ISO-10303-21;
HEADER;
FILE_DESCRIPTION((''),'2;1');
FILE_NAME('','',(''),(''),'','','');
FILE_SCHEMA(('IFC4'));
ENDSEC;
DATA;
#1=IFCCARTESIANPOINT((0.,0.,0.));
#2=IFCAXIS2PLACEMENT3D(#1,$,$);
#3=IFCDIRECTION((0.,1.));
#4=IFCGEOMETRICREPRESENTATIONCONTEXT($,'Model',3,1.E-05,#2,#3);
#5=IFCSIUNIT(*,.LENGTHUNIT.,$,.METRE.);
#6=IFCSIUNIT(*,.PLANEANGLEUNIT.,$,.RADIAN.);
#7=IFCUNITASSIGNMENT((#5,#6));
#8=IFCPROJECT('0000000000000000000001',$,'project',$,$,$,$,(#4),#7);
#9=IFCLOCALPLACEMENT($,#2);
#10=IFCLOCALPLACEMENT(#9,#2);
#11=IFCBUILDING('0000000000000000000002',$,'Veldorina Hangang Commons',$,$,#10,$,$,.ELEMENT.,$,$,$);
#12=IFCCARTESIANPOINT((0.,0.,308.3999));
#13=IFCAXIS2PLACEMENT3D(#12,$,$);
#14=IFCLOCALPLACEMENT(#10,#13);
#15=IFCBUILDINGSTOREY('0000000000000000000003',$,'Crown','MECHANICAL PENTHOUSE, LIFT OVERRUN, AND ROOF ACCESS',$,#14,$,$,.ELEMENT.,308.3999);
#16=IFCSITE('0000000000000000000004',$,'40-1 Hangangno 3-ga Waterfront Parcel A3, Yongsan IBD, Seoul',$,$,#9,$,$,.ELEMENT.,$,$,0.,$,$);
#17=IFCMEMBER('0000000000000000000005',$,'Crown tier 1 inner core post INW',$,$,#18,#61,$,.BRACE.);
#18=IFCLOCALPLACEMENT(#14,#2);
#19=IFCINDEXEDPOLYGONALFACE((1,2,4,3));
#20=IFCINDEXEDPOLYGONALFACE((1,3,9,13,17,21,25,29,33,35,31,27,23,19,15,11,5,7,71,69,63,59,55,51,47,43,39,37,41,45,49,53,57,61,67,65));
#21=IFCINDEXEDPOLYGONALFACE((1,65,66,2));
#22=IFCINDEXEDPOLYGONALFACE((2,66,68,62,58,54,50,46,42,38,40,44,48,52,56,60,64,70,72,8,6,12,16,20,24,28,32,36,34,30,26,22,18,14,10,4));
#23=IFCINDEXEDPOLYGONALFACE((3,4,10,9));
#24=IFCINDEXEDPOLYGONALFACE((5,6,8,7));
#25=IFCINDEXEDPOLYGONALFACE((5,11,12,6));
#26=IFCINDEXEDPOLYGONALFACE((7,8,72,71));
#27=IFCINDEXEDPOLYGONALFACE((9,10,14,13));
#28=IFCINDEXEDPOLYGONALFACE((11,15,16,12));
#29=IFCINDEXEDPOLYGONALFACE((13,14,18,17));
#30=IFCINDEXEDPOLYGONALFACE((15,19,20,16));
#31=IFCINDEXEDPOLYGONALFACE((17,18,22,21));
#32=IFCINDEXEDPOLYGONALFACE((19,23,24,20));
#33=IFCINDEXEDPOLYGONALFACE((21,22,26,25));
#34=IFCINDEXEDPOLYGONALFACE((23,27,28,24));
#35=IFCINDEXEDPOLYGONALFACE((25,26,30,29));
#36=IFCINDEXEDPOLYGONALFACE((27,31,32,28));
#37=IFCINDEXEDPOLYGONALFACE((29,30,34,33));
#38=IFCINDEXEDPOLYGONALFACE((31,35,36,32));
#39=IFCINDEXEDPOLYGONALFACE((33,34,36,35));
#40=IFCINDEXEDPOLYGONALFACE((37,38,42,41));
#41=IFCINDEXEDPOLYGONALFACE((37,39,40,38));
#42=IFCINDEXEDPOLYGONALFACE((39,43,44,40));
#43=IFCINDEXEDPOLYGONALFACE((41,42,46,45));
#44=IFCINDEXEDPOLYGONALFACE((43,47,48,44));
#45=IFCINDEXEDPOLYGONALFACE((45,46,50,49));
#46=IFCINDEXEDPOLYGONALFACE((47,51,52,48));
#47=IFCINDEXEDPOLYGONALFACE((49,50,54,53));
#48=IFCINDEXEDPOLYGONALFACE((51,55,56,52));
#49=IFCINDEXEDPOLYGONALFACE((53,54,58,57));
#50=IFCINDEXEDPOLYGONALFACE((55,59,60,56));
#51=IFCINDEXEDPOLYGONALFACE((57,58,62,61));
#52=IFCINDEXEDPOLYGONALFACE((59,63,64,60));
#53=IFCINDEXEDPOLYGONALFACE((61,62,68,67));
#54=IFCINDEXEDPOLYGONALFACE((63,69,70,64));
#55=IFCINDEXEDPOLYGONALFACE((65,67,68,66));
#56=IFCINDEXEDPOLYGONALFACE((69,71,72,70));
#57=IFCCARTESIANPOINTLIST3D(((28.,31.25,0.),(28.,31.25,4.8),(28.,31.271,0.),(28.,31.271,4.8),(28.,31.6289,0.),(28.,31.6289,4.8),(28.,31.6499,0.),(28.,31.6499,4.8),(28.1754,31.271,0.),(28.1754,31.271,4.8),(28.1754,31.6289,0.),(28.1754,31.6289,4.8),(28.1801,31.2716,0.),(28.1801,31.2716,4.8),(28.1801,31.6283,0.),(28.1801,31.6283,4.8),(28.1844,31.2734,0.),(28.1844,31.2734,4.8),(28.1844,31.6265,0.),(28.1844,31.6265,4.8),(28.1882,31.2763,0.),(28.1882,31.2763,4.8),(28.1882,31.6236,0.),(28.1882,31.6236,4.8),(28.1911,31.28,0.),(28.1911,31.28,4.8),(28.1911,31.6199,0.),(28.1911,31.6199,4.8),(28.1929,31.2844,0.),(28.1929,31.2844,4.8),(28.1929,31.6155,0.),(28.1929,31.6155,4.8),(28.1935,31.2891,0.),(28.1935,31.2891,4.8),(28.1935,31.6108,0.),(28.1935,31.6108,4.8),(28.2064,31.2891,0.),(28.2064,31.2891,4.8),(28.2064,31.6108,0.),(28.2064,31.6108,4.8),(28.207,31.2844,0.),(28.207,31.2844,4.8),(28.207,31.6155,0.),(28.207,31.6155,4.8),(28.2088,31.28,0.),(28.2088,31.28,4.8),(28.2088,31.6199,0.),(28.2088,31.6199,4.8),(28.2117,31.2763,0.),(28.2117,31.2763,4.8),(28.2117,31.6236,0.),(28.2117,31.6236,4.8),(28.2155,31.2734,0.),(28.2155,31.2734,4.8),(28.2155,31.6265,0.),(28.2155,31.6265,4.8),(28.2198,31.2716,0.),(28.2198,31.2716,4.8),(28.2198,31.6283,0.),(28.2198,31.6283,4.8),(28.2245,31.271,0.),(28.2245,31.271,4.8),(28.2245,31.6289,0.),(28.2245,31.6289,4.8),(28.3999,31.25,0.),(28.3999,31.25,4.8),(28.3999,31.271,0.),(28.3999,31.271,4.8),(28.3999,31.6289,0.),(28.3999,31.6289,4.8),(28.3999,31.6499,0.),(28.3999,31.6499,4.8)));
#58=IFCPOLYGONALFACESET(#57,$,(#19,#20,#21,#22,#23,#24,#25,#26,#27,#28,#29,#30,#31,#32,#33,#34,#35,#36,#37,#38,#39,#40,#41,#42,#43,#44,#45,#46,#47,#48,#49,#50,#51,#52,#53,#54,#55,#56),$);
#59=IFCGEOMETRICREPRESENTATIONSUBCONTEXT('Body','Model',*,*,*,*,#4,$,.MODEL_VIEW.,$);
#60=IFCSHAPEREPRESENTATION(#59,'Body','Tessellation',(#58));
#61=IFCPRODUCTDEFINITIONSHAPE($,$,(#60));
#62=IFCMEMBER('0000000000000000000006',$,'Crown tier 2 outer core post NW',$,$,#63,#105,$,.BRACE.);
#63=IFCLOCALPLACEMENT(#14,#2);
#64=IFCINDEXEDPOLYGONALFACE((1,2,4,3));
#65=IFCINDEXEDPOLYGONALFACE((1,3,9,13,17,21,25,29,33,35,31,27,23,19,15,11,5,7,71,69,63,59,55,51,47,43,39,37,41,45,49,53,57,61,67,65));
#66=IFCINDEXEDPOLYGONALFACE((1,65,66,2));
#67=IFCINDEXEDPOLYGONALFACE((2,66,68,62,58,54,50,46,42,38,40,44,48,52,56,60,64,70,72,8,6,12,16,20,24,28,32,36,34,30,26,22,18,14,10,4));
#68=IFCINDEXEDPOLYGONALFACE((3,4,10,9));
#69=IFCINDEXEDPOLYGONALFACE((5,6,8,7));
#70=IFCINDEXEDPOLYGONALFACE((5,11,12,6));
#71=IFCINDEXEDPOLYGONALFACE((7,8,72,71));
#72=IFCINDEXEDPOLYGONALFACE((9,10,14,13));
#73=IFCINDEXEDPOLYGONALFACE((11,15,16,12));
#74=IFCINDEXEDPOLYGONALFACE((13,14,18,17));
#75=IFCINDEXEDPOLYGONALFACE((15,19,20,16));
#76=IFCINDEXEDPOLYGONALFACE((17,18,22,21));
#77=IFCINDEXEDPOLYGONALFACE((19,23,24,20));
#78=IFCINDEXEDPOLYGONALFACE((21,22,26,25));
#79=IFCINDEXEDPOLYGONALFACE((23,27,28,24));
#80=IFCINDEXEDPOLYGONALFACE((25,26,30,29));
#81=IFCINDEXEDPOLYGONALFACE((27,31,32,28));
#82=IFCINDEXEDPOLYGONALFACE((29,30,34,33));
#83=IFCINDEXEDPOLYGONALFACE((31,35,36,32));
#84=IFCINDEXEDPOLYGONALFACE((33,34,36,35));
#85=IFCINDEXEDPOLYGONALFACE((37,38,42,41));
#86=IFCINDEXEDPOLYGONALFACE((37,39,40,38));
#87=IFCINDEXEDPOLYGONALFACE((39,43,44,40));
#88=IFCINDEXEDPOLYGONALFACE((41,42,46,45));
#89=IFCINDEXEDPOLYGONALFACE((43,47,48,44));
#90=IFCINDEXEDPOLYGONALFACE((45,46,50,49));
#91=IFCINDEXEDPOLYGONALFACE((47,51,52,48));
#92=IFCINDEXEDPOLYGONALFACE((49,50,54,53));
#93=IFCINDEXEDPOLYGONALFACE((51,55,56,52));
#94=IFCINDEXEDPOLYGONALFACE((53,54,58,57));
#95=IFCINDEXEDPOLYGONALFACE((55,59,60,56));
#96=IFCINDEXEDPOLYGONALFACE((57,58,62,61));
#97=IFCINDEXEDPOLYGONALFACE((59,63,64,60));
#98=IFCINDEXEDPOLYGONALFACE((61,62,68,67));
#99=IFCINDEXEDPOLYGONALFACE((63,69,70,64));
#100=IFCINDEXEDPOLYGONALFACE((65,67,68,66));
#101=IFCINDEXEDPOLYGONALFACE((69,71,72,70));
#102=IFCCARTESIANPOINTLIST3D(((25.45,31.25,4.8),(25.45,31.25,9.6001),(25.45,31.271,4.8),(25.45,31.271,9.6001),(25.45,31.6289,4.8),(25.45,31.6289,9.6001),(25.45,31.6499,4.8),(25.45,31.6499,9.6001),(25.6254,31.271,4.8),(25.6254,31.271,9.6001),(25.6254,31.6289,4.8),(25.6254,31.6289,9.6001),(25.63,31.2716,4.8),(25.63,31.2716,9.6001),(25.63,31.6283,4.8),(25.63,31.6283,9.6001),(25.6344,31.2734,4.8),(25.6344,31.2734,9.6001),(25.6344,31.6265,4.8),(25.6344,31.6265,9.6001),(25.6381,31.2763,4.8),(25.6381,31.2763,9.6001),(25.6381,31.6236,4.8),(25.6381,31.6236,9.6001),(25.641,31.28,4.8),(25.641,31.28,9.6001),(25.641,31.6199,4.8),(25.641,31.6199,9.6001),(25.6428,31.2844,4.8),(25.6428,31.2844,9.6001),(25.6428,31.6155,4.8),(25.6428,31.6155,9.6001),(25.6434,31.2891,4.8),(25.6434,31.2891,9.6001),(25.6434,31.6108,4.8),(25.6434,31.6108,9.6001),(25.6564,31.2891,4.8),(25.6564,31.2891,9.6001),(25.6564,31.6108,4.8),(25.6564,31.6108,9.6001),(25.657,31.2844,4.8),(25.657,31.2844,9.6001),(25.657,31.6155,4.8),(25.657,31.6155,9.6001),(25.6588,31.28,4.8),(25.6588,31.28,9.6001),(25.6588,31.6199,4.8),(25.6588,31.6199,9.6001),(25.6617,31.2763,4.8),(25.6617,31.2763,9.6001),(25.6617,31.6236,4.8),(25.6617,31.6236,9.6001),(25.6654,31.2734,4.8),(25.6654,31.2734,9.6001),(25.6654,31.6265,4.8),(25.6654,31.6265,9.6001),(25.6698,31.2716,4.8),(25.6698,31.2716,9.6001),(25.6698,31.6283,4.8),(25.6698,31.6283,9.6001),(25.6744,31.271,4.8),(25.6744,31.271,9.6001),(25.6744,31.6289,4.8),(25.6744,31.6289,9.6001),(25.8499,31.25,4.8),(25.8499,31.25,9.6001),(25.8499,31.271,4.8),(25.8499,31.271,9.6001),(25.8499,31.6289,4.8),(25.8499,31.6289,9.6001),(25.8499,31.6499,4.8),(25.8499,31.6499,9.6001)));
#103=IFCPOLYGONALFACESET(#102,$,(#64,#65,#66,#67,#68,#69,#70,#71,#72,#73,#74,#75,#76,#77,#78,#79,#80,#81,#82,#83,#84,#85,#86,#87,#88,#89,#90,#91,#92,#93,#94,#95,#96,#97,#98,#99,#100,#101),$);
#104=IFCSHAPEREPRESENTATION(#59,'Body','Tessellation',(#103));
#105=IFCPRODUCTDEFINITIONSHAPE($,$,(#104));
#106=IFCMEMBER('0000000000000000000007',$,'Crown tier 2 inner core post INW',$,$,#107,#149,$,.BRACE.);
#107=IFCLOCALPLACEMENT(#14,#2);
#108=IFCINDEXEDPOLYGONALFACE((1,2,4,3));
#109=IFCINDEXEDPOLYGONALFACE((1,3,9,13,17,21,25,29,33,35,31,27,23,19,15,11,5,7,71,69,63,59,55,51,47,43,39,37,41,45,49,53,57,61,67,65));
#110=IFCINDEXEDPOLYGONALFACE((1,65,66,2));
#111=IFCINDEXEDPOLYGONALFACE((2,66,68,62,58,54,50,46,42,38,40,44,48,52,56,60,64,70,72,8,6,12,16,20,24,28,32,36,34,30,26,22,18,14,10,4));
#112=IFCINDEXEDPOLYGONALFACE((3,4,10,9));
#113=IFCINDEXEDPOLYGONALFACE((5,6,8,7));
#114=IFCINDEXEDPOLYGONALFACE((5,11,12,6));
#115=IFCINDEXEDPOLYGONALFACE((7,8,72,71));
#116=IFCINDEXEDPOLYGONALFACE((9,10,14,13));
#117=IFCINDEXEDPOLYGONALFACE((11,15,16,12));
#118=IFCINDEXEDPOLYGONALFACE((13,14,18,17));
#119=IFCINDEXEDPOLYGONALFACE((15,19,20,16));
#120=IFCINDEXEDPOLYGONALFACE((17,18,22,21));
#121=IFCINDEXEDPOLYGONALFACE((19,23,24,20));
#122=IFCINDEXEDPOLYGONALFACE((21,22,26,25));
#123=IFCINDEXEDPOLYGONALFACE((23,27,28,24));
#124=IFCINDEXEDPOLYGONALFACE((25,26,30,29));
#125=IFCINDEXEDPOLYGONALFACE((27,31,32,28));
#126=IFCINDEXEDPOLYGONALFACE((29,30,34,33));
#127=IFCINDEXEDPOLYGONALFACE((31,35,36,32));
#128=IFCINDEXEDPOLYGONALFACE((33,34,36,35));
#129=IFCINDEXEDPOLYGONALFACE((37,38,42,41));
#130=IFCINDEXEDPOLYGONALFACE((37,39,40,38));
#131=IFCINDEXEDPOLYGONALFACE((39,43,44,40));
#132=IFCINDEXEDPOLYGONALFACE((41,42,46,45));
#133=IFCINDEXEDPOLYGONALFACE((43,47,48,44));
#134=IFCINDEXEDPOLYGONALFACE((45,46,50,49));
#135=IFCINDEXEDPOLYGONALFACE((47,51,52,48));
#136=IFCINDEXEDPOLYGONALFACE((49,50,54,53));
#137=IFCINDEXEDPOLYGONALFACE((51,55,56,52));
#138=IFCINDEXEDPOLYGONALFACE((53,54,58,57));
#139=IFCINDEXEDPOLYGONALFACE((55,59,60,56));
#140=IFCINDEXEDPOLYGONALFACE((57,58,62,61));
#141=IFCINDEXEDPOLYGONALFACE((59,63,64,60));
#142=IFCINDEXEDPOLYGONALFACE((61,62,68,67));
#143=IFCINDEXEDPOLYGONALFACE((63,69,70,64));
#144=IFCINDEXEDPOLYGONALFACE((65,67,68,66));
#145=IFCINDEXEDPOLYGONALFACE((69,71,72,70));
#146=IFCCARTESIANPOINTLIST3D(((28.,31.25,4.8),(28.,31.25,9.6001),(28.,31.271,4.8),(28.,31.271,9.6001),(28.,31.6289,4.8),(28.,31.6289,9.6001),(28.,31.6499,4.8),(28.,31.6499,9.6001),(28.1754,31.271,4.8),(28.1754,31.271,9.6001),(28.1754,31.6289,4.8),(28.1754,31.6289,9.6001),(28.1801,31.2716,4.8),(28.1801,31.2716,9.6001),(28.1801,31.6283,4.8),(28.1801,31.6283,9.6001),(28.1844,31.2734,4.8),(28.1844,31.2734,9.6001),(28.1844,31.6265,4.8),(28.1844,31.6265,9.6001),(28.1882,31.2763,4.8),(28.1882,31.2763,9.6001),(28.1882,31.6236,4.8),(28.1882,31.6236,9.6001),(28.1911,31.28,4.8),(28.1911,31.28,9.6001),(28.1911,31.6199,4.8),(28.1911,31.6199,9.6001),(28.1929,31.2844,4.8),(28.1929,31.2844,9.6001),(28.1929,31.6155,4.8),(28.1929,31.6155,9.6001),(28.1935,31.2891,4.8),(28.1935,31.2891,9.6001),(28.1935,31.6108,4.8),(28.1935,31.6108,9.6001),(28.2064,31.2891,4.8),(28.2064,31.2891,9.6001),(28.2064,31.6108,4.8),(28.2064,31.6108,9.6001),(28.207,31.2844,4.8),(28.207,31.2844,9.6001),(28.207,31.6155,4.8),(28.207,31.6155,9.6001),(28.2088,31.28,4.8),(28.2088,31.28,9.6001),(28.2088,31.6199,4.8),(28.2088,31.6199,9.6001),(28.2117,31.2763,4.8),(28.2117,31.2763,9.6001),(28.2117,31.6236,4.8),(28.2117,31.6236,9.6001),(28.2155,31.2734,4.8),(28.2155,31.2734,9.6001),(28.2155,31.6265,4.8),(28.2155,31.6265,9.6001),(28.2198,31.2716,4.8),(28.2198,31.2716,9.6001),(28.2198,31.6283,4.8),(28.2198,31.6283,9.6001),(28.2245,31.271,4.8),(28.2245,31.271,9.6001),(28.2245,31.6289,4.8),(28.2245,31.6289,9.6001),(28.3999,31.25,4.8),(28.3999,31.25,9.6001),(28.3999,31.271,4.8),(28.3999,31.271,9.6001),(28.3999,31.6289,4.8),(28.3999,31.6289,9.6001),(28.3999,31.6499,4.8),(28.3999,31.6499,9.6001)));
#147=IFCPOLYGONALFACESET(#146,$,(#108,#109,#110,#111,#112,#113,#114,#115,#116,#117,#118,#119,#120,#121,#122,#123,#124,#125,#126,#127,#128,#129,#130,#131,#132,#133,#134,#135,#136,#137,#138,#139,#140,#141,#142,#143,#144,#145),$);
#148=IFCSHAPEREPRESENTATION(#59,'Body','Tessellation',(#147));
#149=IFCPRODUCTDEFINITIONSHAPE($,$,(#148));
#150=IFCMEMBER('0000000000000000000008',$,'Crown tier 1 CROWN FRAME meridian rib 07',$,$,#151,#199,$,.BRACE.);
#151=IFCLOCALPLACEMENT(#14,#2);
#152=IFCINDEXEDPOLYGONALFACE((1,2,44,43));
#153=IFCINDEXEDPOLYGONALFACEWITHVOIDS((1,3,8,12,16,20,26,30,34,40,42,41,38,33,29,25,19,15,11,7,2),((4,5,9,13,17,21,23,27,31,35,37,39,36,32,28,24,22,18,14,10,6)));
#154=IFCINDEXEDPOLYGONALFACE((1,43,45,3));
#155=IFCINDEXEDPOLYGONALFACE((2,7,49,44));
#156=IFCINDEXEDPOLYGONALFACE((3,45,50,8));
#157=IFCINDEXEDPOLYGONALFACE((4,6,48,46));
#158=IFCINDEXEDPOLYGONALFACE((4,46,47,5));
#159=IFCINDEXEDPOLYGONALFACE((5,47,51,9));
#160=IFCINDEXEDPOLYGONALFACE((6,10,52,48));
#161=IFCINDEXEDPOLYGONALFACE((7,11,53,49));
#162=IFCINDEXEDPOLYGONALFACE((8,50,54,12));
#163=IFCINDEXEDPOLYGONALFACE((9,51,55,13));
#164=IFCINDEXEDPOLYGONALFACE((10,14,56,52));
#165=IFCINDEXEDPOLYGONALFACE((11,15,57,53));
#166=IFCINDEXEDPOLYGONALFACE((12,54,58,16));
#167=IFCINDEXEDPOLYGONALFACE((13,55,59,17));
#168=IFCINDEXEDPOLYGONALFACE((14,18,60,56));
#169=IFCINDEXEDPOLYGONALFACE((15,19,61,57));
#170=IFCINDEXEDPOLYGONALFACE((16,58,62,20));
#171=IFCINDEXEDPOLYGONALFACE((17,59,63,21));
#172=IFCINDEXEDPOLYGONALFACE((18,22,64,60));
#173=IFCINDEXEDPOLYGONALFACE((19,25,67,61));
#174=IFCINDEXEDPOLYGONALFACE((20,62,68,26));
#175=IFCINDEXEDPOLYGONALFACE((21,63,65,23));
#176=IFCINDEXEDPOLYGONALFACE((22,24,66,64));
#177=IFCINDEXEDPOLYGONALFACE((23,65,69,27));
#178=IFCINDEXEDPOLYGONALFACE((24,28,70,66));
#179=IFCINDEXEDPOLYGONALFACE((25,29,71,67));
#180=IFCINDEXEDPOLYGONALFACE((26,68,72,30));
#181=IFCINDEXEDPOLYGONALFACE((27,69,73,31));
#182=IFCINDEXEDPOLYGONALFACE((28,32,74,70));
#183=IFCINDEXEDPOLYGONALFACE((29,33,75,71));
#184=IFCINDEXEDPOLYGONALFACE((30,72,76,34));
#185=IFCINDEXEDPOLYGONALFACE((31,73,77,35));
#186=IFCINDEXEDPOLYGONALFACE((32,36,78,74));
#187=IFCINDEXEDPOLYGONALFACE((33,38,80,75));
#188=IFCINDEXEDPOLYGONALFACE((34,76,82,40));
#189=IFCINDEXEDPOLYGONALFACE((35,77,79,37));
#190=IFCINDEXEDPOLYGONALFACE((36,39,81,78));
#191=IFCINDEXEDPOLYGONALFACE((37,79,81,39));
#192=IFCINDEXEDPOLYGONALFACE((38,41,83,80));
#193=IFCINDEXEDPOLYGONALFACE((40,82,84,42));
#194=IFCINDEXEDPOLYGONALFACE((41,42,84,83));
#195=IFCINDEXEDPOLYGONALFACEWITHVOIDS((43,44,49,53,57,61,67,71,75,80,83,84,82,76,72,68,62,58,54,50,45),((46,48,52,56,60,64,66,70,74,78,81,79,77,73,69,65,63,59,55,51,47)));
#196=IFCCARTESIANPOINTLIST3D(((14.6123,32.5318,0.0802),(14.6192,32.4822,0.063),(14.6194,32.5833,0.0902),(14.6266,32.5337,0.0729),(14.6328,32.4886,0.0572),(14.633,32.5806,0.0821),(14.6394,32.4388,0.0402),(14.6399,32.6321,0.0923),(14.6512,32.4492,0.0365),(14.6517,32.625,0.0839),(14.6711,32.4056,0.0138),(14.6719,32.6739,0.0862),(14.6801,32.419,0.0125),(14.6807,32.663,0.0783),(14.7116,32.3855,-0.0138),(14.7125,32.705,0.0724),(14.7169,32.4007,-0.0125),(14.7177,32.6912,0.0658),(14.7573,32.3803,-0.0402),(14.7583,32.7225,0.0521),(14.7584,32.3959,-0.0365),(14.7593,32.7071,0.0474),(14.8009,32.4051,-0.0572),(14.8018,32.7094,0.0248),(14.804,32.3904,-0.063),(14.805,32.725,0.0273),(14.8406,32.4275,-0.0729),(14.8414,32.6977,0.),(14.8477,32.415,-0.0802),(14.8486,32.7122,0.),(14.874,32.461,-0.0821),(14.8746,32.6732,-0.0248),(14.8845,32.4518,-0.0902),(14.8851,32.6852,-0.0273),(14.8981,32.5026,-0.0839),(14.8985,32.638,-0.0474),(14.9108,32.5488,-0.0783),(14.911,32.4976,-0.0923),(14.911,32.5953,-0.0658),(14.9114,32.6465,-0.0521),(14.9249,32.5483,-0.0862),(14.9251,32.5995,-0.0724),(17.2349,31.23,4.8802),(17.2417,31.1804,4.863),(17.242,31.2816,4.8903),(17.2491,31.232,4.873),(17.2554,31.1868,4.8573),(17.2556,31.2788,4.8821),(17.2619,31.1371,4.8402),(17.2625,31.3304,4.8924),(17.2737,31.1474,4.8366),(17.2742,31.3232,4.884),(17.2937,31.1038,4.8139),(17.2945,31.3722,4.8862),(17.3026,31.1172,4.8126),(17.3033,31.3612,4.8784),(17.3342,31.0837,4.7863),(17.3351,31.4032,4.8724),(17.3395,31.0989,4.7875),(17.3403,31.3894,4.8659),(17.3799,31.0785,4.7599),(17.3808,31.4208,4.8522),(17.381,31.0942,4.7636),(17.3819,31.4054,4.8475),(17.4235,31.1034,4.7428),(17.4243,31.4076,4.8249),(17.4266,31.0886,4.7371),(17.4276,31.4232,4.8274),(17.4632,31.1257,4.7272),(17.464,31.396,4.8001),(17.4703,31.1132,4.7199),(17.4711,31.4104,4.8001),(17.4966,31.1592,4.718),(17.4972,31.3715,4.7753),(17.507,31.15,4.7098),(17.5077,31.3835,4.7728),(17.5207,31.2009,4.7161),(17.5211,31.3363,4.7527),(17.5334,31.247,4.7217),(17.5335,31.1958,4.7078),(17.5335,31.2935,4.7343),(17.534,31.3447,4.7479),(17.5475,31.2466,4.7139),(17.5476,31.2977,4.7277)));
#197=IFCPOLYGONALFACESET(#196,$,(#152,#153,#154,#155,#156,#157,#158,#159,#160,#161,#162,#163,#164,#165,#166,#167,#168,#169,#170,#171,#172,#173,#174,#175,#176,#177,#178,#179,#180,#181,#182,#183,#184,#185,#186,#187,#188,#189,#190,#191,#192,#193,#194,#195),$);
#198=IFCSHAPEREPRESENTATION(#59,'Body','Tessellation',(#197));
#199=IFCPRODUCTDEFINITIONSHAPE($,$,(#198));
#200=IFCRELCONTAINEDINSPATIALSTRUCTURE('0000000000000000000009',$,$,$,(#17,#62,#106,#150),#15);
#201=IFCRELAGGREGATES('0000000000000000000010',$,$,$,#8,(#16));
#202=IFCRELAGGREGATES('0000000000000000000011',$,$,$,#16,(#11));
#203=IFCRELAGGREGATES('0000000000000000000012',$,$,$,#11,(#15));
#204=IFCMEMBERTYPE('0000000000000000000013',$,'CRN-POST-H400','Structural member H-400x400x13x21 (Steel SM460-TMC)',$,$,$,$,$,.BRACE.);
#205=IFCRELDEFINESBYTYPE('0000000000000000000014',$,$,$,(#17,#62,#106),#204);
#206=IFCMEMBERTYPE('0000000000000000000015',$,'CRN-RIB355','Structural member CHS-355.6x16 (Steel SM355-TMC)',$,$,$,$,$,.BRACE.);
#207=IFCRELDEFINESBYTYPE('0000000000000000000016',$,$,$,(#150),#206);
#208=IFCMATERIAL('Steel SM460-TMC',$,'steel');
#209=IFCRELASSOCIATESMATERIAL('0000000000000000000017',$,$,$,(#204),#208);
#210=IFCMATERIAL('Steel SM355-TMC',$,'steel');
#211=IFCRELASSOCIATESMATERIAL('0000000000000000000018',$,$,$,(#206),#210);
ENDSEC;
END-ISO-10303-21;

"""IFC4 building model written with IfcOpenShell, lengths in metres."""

from ifc_helpers import new_model, si_unit, direction, frame, origin, origin_2d, place, context, subcontext, project, spatial, hollow_circle, i_section, extrude, material, material_profile, profile_set, type_object, element, save


model = new_model("IFC4")

# Units and contexts
model_context = context("Model", 3, precision=1e-05, world=origin(), true_north=direction((0.0, 1.0)))
body_context = subcontext(model_context, "Body", "Model", "MODEL_VIEW")
ifc_project = project(units=[si_unit("LENGTHUNIT", "METRE"), si_unit("PLANEANGLEUNIT", "RADIAN")], contexts=[model_context])

# Site, building, storey
site_placement = place(None, origin())
site = spatial("IfcSite", under=ifc_project, at=site_placement, Name="40-1 Hangangno 3-ga Waterfront Parcel A3, Yongsan IBD, Seoul", CompositionType="ELEMENT", RefElevation=0.0)
building_placement = place(site_placement, origin())
building = spatial("IfcBuilding", under=site, at=building_placement, Name="Veldorina Hangang Commons", CompositionType="ELEMENT")
storey_placement = place(building_placement, frame((0.0, 0.0, 308.3999)))
storey = spatial("IfcBuildingStorey", under=building, at=storey_placement, Name="Crown", Description="MECHANICAL PENTHOUSE, LIFT OVERRUN, AND ROOF ACCESS", CompositionType="ELEMENT", Elevation=308.3999)

# Shared definitions
ifc_material_1 = material(Name="Steel SM460-TMC", Category="steel")

# Members
ifc_material_profile_1 = material_profile(ifc_material_1, i_section(OverallWidth=0.3999, OverallDepth=0.3999, WebThickness=0.0129, FlangeThickness=0.021, FilletRadius=0.0181, at=origin_2d()), Name="H-400x400x13x21")
ifc_profile_set_1 = profile_set([ifc_material_profile_1], Name="Steel SM460-TMC")
member_type_1 = type_object("IfcMemberType", Name="CRN-POST-H400", Description="Structural member H-400x400x13x21 (Steel SM460-TMC)", PredefinedType="BRACE", material=ifc_profile_set_1)
for number, where, z_axis, x_axis, name in (
    (1, (28.2, 31.45, 0.0), (0.0, 0.0, 1.0), (1.0, 0.0, 0.0), "Crown tier 1 inner core post INW"),
    (2, (25.6499, 31.45, 4.8), (0.0, 0.0, 1.0), (1.0, 0.0, 0.0), "Crown tier 2 outer core post NW"),
    (3, (28.2, 31.45, 4.8), (0.0, 0.0, 1.0), (1.0, 0.0, 0.0), "Crown tier 2 inner core post INW"),
):
    element("IfcMember", number, at=place(storey_placement, frame(where, z_axis=z_axis, x_axis=x_axis)), inside=storey, type_object=member_type_1, Name=name, PredefinedType="BRACE", context=body_context, shape_type="SweptSolid", body=[
        extrude(i_section(OverallWidth=0.3999, OverallDepth=0.3999, WebThickness=0.0129, FlangeThickness=0.021, FilletRadius=0.0181, at=origin_2d()), origin(), (0.0, 0.0, 1.0), 4.8),
    ])
ifc_material_2 = material(Name="Steel SM355-TMC", Category="steel")
ifc_material_profile_2 = material_profile(ifc_material_2, hollow_circle(Radius=0.1777, WallThickness=0.0161, at=origin_2d()), Name="CHS-355.6x16")
ifc_profile_set_2 = profile_set([ifc_material_profile_2], Name="Steel SM355-TMC")
member_type_2 = type_object("IfcMemberType", Name="CRN-RIB355", Description="Structural member CHS-355.6x16 (Steel SM355-TMC)", PredefinedType="BRACE", material=ifc_profile_set_2)
member_1_placement = place(storey_placement, frame((14.7695, 32.553, 0.0), z_axis=(0.466437, -0.231525, 0.853717), x_axis=(0.44461, 0.895724, 0.0)))
element("IfcMember", 4, at=member_1_placement, inside=storey, type_object=member_type_2, Name="Crown tier 1 CROWN FRAME meridian rib 07", PredefinedType="BRACE", context=body_context, shape_type="SweptSolid", body=[
    extrude(hollow_circle(Radius=0.1777, WallThickness=0.0161, at=origin_2d()), origin(), (0.0, 0.0, 1.0), 5.6226),
])

save(model, "model.ifc")
